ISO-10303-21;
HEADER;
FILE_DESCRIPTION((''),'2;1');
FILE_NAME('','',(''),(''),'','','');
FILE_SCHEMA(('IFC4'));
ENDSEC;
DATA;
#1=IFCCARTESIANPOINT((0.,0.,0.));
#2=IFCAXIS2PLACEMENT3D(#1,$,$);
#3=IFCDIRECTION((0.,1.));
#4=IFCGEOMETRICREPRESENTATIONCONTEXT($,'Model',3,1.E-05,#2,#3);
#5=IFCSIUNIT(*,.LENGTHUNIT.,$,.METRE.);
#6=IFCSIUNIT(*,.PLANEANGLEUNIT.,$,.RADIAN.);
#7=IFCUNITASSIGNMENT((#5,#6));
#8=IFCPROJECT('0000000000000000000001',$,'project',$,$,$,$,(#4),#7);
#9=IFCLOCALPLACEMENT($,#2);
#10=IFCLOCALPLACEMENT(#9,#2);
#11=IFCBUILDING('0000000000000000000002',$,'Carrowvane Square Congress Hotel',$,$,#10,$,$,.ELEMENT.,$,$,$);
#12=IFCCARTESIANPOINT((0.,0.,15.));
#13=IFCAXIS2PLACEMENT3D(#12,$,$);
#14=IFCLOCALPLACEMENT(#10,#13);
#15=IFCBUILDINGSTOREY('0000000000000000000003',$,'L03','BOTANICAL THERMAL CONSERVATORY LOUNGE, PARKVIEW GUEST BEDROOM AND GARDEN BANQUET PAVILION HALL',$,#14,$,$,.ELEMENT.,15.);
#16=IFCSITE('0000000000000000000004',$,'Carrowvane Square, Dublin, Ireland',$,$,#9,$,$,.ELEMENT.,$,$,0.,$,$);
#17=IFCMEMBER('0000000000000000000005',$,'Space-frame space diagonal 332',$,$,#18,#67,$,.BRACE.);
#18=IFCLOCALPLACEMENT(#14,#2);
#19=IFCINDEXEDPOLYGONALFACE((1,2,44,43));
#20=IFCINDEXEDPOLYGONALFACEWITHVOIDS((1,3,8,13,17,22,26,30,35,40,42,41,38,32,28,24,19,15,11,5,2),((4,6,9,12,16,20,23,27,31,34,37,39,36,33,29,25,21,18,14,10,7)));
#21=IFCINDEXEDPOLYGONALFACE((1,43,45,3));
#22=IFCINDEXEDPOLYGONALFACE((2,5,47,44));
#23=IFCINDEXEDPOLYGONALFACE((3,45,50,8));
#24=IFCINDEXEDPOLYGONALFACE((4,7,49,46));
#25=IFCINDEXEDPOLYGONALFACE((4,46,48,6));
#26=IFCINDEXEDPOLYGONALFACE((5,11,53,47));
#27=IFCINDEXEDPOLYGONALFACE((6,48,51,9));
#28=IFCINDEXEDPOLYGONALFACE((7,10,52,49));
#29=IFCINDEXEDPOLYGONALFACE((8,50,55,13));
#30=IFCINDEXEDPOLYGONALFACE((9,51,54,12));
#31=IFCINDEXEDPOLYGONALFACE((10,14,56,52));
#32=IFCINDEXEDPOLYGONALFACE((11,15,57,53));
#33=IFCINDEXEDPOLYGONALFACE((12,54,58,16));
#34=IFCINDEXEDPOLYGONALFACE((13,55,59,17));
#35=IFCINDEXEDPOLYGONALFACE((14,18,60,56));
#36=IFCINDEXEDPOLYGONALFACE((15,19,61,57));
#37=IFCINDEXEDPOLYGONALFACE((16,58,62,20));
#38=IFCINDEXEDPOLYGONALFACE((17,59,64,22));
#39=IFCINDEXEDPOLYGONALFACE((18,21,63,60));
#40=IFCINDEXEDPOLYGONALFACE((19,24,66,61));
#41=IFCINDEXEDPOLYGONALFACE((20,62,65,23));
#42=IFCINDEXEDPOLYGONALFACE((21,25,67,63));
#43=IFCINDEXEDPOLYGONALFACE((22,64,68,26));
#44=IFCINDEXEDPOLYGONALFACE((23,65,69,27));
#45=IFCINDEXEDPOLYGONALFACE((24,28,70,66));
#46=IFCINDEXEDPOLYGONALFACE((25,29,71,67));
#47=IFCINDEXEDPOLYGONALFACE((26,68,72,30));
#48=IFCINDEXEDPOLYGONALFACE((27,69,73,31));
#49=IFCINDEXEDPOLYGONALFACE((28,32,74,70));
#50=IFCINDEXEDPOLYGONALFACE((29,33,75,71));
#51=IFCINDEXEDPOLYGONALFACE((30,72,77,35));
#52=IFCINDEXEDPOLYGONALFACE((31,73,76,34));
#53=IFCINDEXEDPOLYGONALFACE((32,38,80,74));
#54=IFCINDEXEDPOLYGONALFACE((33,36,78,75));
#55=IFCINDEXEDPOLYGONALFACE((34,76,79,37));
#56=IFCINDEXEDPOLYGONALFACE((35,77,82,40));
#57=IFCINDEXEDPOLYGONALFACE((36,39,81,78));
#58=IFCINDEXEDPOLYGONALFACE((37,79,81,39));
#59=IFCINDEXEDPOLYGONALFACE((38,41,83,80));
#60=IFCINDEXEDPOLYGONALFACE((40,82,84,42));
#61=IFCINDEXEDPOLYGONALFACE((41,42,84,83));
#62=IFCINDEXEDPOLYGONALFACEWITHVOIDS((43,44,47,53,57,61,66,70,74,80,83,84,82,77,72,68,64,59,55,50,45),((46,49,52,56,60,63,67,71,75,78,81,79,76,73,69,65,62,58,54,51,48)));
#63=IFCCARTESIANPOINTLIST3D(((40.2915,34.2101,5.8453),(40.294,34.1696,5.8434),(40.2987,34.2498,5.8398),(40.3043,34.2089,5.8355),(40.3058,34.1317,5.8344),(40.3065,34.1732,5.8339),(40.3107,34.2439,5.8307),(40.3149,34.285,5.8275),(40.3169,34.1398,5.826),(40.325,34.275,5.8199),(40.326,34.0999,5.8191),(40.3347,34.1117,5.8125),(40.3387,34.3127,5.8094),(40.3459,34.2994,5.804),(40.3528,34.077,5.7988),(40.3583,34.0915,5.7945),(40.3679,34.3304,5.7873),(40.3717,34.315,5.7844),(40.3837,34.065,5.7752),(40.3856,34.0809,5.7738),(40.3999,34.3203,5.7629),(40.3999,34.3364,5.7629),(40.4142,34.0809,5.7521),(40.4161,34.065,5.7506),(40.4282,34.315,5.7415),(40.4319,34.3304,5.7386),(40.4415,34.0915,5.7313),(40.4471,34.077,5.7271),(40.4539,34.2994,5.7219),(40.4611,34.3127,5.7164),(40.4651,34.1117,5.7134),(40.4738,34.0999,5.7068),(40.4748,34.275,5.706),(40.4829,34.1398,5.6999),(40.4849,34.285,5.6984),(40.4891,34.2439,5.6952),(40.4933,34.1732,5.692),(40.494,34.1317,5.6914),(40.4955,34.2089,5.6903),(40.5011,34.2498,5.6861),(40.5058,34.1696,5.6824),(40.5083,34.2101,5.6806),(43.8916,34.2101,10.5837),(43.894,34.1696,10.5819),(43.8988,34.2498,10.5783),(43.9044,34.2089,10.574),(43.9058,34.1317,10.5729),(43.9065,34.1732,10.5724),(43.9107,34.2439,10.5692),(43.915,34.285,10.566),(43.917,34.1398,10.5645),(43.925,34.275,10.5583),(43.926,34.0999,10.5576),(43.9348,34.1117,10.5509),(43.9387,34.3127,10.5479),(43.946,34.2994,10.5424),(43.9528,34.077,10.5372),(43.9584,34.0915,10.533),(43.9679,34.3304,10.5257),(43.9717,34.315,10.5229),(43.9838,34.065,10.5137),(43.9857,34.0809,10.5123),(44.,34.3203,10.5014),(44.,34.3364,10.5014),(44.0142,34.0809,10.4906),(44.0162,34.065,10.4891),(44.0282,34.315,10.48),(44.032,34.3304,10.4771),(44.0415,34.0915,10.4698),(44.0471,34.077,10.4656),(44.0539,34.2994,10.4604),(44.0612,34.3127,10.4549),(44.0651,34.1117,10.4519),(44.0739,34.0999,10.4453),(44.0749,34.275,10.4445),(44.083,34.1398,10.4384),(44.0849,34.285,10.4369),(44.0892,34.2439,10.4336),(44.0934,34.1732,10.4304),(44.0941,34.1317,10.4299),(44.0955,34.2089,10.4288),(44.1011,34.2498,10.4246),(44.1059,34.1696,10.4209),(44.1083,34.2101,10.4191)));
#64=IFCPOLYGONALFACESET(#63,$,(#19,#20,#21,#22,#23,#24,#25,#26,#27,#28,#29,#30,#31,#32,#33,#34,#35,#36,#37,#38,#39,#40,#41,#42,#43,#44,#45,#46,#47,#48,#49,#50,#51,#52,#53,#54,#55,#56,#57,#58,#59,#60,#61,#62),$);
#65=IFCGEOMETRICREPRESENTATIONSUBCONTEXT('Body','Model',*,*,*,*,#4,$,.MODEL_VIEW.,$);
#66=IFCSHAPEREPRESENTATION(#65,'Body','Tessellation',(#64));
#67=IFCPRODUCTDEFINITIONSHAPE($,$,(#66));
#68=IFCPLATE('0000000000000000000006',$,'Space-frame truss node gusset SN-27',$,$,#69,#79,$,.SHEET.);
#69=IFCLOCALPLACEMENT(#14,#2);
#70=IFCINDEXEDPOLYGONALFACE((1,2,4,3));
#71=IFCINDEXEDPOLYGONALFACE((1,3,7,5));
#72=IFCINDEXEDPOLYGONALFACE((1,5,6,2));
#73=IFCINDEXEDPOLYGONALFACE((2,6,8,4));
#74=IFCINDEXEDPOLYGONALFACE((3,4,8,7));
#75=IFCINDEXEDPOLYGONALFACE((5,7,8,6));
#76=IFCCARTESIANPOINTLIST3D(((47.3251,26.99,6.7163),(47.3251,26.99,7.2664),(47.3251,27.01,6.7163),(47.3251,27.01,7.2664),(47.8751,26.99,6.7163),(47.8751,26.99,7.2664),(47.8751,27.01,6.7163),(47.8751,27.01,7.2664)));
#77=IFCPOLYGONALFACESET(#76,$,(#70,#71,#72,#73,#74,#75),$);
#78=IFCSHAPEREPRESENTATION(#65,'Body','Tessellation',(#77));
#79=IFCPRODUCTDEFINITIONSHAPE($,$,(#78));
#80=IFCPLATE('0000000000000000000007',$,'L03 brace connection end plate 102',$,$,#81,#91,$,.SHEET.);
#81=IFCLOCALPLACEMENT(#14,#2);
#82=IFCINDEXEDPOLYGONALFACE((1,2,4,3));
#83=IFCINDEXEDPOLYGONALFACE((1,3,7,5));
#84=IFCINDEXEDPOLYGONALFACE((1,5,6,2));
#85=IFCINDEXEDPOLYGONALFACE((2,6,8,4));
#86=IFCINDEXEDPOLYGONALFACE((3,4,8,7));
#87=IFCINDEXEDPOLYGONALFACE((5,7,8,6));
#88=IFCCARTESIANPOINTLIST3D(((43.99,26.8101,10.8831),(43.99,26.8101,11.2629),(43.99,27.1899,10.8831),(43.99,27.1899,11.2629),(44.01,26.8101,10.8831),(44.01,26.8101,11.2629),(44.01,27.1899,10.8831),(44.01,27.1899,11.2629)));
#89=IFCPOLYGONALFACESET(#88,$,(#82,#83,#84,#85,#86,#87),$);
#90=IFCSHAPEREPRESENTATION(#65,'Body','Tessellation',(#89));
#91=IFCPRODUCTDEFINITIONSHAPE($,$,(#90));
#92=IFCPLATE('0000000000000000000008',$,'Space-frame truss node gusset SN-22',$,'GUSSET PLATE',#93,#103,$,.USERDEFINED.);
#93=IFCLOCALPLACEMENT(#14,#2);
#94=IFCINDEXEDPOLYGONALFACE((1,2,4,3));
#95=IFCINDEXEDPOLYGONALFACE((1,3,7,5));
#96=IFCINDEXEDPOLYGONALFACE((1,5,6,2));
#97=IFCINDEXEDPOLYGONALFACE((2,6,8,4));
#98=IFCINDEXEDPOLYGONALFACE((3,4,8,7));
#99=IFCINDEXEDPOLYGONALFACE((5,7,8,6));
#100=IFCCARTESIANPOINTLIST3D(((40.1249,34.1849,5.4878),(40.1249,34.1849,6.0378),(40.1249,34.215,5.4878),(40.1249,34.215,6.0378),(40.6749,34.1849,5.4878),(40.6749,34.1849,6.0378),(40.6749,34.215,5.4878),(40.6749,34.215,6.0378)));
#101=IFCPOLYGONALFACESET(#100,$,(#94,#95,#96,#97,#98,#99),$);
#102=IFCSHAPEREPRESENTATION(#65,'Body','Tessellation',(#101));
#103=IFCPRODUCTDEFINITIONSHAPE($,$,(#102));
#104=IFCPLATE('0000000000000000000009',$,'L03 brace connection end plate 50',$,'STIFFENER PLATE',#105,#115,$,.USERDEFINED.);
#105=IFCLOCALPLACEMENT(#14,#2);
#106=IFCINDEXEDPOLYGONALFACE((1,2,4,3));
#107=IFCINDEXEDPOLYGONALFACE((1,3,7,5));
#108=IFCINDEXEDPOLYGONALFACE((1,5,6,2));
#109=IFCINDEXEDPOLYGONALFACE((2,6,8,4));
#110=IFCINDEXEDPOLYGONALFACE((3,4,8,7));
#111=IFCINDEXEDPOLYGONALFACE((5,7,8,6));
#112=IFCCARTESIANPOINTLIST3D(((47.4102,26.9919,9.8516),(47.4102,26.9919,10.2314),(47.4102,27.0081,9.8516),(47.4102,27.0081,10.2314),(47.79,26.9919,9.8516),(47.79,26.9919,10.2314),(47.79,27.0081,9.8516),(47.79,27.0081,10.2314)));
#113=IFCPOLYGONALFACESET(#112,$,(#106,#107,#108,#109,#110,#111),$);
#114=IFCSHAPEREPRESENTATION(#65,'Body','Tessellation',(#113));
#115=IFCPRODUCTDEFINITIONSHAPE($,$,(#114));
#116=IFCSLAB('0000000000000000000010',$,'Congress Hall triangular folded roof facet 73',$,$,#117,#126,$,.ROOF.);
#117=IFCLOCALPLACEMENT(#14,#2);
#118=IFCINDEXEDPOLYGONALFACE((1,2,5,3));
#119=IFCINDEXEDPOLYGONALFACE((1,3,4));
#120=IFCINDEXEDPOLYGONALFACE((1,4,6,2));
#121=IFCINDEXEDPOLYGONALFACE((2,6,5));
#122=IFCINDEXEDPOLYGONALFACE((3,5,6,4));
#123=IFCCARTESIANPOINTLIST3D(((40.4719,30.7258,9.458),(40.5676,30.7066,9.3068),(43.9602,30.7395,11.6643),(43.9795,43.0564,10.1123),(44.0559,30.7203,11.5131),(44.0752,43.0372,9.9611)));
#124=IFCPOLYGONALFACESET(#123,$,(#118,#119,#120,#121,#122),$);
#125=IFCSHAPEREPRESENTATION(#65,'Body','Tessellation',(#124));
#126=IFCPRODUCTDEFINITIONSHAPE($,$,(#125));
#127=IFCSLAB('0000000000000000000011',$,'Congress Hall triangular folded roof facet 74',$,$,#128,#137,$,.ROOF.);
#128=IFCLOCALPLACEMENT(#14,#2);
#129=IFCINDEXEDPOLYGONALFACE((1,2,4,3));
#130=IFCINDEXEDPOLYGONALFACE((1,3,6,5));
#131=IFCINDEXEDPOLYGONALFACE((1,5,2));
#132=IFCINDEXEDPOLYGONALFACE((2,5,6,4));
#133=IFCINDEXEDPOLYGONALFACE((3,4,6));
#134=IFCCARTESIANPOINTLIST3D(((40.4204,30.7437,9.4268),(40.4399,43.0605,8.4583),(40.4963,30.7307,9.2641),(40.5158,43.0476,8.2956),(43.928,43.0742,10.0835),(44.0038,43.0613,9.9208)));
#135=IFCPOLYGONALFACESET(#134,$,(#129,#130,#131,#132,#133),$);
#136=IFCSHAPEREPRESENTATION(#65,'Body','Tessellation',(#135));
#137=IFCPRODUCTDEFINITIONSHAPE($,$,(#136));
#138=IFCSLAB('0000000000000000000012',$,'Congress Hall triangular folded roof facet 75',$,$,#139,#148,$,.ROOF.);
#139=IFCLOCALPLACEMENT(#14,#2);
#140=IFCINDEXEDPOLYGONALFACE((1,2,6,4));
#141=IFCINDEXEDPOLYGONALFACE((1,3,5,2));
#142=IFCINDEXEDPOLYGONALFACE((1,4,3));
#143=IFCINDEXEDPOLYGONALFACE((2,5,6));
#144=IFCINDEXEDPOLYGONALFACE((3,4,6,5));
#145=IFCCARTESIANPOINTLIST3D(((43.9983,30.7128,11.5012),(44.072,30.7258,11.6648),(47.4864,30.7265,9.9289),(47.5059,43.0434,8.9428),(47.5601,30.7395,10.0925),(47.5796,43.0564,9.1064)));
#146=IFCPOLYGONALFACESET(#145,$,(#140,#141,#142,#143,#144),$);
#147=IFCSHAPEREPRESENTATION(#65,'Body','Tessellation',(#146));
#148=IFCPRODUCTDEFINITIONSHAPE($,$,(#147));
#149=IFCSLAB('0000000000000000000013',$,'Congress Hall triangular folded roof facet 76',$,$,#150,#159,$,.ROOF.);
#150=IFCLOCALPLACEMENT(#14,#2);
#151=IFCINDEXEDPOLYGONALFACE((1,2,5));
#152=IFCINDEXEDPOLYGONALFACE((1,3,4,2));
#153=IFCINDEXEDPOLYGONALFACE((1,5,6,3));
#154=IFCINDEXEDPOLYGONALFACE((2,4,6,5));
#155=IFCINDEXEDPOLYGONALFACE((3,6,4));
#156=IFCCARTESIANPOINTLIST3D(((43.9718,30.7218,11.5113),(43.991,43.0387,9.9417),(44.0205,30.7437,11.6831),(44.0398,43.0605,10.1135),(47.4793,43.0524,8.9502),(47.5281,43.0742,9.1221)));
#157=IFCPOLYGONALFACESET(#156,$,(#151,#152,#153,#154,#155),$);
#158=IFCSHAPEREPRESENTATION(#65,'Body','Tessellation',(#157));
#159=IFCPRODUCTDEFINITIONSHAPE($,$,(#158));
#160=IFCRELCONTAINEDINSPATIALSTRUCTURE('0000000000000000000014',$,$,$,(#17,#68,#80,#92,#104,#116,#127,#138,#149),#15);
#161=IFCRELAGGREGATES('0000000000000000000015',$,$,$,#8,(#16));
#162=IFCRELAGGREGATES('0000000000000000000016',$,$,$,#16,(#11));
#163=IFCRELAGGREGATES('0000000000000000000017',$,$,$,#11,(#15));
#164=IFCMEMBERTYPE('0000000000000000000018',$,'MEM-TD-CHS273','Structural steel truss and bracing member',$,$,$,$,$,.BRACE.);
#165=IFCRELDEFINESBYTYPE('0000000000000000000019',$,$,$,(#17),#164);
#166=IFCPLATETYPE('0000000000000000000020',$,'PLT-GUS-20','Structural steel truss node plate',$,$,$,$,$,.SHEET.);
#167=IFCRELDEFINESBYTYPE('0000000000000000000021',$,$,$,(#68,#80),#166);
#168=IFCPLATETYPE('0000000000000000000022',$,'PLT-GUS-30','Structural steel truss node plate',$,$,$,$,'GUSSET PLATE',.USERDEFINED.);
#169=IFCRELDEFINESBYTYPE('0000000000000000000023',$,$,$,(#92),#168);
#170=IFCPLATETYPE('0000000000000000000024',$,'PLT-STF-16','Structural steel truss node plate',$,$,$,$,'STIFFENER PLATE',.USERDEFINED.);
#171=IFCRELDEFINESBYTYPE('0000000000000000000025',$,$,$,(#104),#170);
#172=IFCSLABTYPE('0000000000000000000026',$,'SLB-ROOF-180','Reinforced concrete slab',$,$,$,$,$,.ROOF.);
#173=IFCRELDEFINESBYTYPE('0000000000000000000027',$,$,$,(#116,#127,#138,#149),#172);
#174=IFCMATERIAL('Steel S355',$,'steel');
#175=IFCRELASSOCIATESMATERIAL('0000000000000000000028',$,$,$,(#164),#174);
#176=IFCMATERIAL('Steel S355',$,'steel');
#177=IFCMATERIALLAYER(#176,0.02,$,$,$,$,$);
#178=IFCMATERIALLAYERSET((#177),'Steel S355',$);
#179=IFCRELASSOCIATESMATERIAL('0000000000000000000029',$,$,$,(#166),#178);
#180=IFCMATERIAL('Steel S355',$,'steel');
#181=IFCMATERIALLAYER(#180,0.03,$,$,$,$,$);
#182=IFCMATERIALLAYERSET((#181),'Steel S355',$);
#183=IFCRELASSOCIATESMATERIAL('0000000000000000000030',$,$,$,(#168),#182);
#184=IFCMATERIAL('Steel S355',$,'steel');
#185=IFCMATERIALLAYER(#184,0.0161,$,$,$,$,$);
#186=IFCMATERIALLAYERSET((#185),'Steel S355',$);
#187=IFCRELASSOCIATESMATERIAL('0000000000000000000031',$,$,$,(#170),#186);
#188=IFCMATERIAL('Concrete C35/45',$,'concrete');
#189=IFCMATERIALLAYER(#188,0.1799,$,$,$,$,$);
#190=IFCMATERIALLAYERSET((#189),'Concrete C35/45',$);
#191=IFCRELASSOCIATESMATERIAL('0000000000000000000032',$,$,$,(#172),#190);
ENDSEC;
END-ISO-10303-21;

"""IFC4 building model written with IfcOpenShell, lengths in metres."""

from ifc_helpers import new_model, si_unit, direction, frame, origin, origin_2d, place, context, subcontext, project, spatial, polyline, rectangle, hollow_circle, outline, extrude, material, layer, layer_set, material_profile, profile_set, type_object, element, save


model = new_model("IFC4")

# Units and contexts
model_context = context("Model", 3, precision=1e-05, world=origin(), true_north=direction((0.0, 1.0)))
body_context = subcontext(model_context, "Body", "Model", "MODEL_VIEW")
ifc_project = project(units=[si_unit("LENGTHUNIT", "METRE"), si_unit("PLANEANGLEUNIT", "RADIAN")], contexts=[model_context])

# Site, building, storey
site_placement = place(None, origin())
site = spatial("IfcSite", under=ifc_project, at=site_placement, Name="Carrowvane Square, Dublin, Ireland", CompositionType="ELEMENT", RefElevation=0.0)
building_placement = place(site_placement, origin())
building = spatial("IfcBuilding", under=site, at=building_placement, Name="Carrowvane Square Congress Hotel", CompositionType="ELEMENT")
storey_placement = place(building_placement, frame((0.0, 0.0, 15.0)))
storey = spatial("IfcBuildingStorey", under=building, at=storey_placement, Name="L03", Description="BOTANICAL THERMAL CONSERVATORY LOUNGE, PARKVIEW GUEST BEDROOM AND GARDEN BANQUET PAVILION HALL", CompositionType="ELEMENT", Elevation=15.0)

# Member
ifc_material_1 = material(Name="Steel S355", Category="steel")
ifc_material_profile_1 = material_profile(ifc_material_1, hollow_circle(Radius=0.1365, WallThickness=0.0161, at=origin_2d()), Name="CHS 273.0x16")
ifc_profile_set_1 = profile_set([ifc_material_profile_1], Name="Steel S355")
member_type_1 = type_object("IfcMemberType", Name="MEM-TD-CHS273", Description="Structural steel truss and bracing member", PredefinedType="BRACE", material=ifc_profile_set_1)
member_1_placement = place(storey_placement, frame((40.3999, 34.2, 5.7629), z_axis=(0.604957, 0.0, 0.796258), x_axis=(0.0, 1.0, 0.0)))
element("IfcMember", 1, at=member_1_placement, inside=storey, type_object=member_type_1, Name="Space-frame space diagonal 332", PredefinedType="BRACE", context=body_context, shape_type="SweptSolid", body=[
    extrude(hollow_circle(Radius=0.1365, WallThickness=0.0161, at=origin_2d()), origin(), (0.0, 0.0, 1.0), 5.9509),
])

# Plates
ifc_material_2 = material(Name="Steel S355", Category="steel")
ifc_layer_1 = layer(ifc_material_2, 0.02)
ifc_layer_set_1 = layer_set([ifc_layer_1], Name="Steel S355")
plate_type_1 = type_object("IfcPlateType", Name="PLT-GUS-20", Description="Structural steel truss node plate", PredefinedType="SHEET", material=ifc_layer_set_1)
plate_1_placement = place(storey_placement, frame((47.6001, 27.0, 6.7163), z_axis=(0.0, 0.0, 1.0), x_axis=(1.0, 0.0, 0.0)))
element("IfcPlate", 2, at=plate_1_placement, inside=storey, type_object=plate_type_1, Name="Space-frame truss node gusset SN-27", PredefinedType="SHEET", context=body_context, shape_type="SweptSolid", body=[
    extrude(rectangle(XDim=0.55, YDim=0.02, at=origin_2d()), origin(), (0.0, 0.0, 1.0), 0.55),
])
plate_2_placement = place(storey_placement, frame((44.0, 27.0, 10.8831), z_axis=(0.0, 0.0, 1.0), x_axis=(1.0, 0.0, 0.0)))
element("IfcPlate", 3, at=plate_2_placement, inside=storey, type_object=plate_type_1, Name="L03 brace connection end plate 102", PredefinedType="SHEET", context=body_context, shape_type="SweptSolid", body=[
    extrude(rectangle(XDim=0.02, YDim=0.3799, at=origin_2d()), origin(), (0.0, 0.0, 1.0), 0.3799),
])
ifc_material_3 = material(Name="Steel S355", Category="steel")
ifc_layer_2 = layer(ifc_material_3, 0.03)
ifc_layer_set_2 = layer_set([ifc_layer_2], Name="Steel S355")
plate_type_2 = type_object("IfcPlateType", Name="PLT-GUS-30", Description="Structural steel truss node plate", ElementType="GUSSET PLATE", PredefinedType="USERDEFINED", material=ifc_layer_set_2)
plate_3_placement = place(storey_placement, frame((40.3999, 34.2, 5.4878), z_axis=(0.0, 0.0, 1.0), x_axis=(1.0, 0.0, 0.0)))
element("IfcPlate", 4, at=plate_3_placement, inside=storey, type_object=plate_type_2, Name="Space-frame truss node gusset SN-22", ObjectType="GUSSET PLATE", PredefinedType="USERDEFINED", context=body_context, shape_type="SweptSolid", body=[
    extrude(rectangle(XDim=0.55, YDim=0.03, at=origin_2d()), origin(), (0.0, 0.0, 1.0), 0.55),
])
ifc_material_4 = material(Name="Steel S355", Category="steel")
ifc_layer_3 = layer(ifc_material_4, 0.0161)
ifc_layer_set_3 = layer_set([ifc_layer_3], Name="Steel S355")
plate_type_3 = type_object("IfcPlateType", Name="PLT-STF-16", Description="Structural steel truss node plate", ElementType="STIFFENER PLATE", PredefinedType="USERDEFINED", material=ifc_layer_set_3)
plate_4_placement = place(storey_placement, frame((47.6001, 27.0, 9.8516), z_axis=(0.0, 0.0, 1.0), x_axis=(1.0, 0.0, 0.0)))
element("IfcPlate", 5, at=plate_4_placement, inside=storey, type_object=plate_type_3, Name="L03 brace connection end plate 50", ObjectType="STIFFENER PLATE", PredefinedType="USERDEFINED", context=body_context, shape_type="SweptSolid", body=[
    extrude(rectangle(XDim=0.3799, YDim=0.0161, at=origin_2d()), origin(), (0.0, 0.0, 1.0), 0.3799),
])

# Slabs
ifc_material_5 = material(Name="Concrete C35/45", Category="concrete")
ifc_layer_4 = layer(ifc_material_5, 0.1799)
ifc_layer_set_4 = layer_set([ifc_layer_4], Name="Concrete C35/45")
slab_type = type_object("IfcSlabType", Name="SLB-ROOF-180", Description="Reinforced concrete slab", PredefinedType="ROOF", material=ifc_layer_set_4)
slab_1_placement = place(storey_placement, frame((40.4719, 30.7258, 9.458), z_axis=(-0.53179, 0.106694, 0.840128), x_axis=(0.845137, 0.003312, 0.53454)))
element("IfcSlab", 6, at=slab_1_placement, inside=storey, type_object=slab_type, Name="Congress Hall triangular folded roof facet 73", PredefinedType="ROOF", context=body_context, shape_type="SweptSolid", body=[
    extrude(outline(polyline([(0.0, 0.0), (4.1275, 0.0), (3.355, 12.3902), (0.0, 0.0)])), origin(), (0.0, 0.0, -1.0), 0.1799),
])
slab_2_placement = place(storey_placement, frame((40.4204, 30.7437, 9.4268), z_axis=(-0.421493, 0.071751, 0.903989), x_axis=(0.273248, 0.960582, 0.051162)))
element("IfcSlab", 7, at=slab_2_placement, inside=storey, type_object=slab_type, Name="Congress Hall triangular folded roof facet 74", PredefinedType="ROOF", context=body_context, shape_type="SweptSolid", body=[
    extrude(outline(polyline([(0.0, 0.0), (12.8366, 0.0), (11.7872, 3.7023), (0.0, 0.0)])), origin(), (0.0, 0.0, -1.0), 0.1799),
])
slab_3_placement = place(storey_placement, frame((44.072, 30.7258, 11.6648), z_axis=(0.409634, 0.072156, 0.909392), x_axis=(0.911656, 0.003573, -0.410938)))
element("IfcSlab", 8, at=slab_3_placement, inside=storey, type_object=slab_type, Name="Congress Hall triangular folded roof facet 75", PredefinedType="ROOF", context=body_context, shape_type="SweptSolid", body=[
    extrude(outline(polyline([(0.0, 0.0), (3.826, 0.0), (4.2931, 12.3475), (0.0, 0.0)])), origin(), (0.0, 0.0, -1.0), 0.1799),
])
slab_4_placement = place(storey_placement, frame((44.0205, 30.7437, 11.6831), z_axis=(0.270939, 0.121265, 0.954928), x_axis=(0.268305, 0.943205, -0.195902)))
element("IfcSlab", 9, at=slab_4_placement, inside=storey, type_object=slab_type, Name="Congress Hall triangular folded roof facet 76", PredefinedType="ROOF", context=body_context, shape_type="SweptSolid", body=[
    extrude(outline(polyline([(0.0, 0.0), (13.0731, 0.0), (11.93, 3.4416), (0.0, 0.0)])), origin(), (0.0, 0.0, -1.0), 0.1799),
])

save(model, "model.ifc")
